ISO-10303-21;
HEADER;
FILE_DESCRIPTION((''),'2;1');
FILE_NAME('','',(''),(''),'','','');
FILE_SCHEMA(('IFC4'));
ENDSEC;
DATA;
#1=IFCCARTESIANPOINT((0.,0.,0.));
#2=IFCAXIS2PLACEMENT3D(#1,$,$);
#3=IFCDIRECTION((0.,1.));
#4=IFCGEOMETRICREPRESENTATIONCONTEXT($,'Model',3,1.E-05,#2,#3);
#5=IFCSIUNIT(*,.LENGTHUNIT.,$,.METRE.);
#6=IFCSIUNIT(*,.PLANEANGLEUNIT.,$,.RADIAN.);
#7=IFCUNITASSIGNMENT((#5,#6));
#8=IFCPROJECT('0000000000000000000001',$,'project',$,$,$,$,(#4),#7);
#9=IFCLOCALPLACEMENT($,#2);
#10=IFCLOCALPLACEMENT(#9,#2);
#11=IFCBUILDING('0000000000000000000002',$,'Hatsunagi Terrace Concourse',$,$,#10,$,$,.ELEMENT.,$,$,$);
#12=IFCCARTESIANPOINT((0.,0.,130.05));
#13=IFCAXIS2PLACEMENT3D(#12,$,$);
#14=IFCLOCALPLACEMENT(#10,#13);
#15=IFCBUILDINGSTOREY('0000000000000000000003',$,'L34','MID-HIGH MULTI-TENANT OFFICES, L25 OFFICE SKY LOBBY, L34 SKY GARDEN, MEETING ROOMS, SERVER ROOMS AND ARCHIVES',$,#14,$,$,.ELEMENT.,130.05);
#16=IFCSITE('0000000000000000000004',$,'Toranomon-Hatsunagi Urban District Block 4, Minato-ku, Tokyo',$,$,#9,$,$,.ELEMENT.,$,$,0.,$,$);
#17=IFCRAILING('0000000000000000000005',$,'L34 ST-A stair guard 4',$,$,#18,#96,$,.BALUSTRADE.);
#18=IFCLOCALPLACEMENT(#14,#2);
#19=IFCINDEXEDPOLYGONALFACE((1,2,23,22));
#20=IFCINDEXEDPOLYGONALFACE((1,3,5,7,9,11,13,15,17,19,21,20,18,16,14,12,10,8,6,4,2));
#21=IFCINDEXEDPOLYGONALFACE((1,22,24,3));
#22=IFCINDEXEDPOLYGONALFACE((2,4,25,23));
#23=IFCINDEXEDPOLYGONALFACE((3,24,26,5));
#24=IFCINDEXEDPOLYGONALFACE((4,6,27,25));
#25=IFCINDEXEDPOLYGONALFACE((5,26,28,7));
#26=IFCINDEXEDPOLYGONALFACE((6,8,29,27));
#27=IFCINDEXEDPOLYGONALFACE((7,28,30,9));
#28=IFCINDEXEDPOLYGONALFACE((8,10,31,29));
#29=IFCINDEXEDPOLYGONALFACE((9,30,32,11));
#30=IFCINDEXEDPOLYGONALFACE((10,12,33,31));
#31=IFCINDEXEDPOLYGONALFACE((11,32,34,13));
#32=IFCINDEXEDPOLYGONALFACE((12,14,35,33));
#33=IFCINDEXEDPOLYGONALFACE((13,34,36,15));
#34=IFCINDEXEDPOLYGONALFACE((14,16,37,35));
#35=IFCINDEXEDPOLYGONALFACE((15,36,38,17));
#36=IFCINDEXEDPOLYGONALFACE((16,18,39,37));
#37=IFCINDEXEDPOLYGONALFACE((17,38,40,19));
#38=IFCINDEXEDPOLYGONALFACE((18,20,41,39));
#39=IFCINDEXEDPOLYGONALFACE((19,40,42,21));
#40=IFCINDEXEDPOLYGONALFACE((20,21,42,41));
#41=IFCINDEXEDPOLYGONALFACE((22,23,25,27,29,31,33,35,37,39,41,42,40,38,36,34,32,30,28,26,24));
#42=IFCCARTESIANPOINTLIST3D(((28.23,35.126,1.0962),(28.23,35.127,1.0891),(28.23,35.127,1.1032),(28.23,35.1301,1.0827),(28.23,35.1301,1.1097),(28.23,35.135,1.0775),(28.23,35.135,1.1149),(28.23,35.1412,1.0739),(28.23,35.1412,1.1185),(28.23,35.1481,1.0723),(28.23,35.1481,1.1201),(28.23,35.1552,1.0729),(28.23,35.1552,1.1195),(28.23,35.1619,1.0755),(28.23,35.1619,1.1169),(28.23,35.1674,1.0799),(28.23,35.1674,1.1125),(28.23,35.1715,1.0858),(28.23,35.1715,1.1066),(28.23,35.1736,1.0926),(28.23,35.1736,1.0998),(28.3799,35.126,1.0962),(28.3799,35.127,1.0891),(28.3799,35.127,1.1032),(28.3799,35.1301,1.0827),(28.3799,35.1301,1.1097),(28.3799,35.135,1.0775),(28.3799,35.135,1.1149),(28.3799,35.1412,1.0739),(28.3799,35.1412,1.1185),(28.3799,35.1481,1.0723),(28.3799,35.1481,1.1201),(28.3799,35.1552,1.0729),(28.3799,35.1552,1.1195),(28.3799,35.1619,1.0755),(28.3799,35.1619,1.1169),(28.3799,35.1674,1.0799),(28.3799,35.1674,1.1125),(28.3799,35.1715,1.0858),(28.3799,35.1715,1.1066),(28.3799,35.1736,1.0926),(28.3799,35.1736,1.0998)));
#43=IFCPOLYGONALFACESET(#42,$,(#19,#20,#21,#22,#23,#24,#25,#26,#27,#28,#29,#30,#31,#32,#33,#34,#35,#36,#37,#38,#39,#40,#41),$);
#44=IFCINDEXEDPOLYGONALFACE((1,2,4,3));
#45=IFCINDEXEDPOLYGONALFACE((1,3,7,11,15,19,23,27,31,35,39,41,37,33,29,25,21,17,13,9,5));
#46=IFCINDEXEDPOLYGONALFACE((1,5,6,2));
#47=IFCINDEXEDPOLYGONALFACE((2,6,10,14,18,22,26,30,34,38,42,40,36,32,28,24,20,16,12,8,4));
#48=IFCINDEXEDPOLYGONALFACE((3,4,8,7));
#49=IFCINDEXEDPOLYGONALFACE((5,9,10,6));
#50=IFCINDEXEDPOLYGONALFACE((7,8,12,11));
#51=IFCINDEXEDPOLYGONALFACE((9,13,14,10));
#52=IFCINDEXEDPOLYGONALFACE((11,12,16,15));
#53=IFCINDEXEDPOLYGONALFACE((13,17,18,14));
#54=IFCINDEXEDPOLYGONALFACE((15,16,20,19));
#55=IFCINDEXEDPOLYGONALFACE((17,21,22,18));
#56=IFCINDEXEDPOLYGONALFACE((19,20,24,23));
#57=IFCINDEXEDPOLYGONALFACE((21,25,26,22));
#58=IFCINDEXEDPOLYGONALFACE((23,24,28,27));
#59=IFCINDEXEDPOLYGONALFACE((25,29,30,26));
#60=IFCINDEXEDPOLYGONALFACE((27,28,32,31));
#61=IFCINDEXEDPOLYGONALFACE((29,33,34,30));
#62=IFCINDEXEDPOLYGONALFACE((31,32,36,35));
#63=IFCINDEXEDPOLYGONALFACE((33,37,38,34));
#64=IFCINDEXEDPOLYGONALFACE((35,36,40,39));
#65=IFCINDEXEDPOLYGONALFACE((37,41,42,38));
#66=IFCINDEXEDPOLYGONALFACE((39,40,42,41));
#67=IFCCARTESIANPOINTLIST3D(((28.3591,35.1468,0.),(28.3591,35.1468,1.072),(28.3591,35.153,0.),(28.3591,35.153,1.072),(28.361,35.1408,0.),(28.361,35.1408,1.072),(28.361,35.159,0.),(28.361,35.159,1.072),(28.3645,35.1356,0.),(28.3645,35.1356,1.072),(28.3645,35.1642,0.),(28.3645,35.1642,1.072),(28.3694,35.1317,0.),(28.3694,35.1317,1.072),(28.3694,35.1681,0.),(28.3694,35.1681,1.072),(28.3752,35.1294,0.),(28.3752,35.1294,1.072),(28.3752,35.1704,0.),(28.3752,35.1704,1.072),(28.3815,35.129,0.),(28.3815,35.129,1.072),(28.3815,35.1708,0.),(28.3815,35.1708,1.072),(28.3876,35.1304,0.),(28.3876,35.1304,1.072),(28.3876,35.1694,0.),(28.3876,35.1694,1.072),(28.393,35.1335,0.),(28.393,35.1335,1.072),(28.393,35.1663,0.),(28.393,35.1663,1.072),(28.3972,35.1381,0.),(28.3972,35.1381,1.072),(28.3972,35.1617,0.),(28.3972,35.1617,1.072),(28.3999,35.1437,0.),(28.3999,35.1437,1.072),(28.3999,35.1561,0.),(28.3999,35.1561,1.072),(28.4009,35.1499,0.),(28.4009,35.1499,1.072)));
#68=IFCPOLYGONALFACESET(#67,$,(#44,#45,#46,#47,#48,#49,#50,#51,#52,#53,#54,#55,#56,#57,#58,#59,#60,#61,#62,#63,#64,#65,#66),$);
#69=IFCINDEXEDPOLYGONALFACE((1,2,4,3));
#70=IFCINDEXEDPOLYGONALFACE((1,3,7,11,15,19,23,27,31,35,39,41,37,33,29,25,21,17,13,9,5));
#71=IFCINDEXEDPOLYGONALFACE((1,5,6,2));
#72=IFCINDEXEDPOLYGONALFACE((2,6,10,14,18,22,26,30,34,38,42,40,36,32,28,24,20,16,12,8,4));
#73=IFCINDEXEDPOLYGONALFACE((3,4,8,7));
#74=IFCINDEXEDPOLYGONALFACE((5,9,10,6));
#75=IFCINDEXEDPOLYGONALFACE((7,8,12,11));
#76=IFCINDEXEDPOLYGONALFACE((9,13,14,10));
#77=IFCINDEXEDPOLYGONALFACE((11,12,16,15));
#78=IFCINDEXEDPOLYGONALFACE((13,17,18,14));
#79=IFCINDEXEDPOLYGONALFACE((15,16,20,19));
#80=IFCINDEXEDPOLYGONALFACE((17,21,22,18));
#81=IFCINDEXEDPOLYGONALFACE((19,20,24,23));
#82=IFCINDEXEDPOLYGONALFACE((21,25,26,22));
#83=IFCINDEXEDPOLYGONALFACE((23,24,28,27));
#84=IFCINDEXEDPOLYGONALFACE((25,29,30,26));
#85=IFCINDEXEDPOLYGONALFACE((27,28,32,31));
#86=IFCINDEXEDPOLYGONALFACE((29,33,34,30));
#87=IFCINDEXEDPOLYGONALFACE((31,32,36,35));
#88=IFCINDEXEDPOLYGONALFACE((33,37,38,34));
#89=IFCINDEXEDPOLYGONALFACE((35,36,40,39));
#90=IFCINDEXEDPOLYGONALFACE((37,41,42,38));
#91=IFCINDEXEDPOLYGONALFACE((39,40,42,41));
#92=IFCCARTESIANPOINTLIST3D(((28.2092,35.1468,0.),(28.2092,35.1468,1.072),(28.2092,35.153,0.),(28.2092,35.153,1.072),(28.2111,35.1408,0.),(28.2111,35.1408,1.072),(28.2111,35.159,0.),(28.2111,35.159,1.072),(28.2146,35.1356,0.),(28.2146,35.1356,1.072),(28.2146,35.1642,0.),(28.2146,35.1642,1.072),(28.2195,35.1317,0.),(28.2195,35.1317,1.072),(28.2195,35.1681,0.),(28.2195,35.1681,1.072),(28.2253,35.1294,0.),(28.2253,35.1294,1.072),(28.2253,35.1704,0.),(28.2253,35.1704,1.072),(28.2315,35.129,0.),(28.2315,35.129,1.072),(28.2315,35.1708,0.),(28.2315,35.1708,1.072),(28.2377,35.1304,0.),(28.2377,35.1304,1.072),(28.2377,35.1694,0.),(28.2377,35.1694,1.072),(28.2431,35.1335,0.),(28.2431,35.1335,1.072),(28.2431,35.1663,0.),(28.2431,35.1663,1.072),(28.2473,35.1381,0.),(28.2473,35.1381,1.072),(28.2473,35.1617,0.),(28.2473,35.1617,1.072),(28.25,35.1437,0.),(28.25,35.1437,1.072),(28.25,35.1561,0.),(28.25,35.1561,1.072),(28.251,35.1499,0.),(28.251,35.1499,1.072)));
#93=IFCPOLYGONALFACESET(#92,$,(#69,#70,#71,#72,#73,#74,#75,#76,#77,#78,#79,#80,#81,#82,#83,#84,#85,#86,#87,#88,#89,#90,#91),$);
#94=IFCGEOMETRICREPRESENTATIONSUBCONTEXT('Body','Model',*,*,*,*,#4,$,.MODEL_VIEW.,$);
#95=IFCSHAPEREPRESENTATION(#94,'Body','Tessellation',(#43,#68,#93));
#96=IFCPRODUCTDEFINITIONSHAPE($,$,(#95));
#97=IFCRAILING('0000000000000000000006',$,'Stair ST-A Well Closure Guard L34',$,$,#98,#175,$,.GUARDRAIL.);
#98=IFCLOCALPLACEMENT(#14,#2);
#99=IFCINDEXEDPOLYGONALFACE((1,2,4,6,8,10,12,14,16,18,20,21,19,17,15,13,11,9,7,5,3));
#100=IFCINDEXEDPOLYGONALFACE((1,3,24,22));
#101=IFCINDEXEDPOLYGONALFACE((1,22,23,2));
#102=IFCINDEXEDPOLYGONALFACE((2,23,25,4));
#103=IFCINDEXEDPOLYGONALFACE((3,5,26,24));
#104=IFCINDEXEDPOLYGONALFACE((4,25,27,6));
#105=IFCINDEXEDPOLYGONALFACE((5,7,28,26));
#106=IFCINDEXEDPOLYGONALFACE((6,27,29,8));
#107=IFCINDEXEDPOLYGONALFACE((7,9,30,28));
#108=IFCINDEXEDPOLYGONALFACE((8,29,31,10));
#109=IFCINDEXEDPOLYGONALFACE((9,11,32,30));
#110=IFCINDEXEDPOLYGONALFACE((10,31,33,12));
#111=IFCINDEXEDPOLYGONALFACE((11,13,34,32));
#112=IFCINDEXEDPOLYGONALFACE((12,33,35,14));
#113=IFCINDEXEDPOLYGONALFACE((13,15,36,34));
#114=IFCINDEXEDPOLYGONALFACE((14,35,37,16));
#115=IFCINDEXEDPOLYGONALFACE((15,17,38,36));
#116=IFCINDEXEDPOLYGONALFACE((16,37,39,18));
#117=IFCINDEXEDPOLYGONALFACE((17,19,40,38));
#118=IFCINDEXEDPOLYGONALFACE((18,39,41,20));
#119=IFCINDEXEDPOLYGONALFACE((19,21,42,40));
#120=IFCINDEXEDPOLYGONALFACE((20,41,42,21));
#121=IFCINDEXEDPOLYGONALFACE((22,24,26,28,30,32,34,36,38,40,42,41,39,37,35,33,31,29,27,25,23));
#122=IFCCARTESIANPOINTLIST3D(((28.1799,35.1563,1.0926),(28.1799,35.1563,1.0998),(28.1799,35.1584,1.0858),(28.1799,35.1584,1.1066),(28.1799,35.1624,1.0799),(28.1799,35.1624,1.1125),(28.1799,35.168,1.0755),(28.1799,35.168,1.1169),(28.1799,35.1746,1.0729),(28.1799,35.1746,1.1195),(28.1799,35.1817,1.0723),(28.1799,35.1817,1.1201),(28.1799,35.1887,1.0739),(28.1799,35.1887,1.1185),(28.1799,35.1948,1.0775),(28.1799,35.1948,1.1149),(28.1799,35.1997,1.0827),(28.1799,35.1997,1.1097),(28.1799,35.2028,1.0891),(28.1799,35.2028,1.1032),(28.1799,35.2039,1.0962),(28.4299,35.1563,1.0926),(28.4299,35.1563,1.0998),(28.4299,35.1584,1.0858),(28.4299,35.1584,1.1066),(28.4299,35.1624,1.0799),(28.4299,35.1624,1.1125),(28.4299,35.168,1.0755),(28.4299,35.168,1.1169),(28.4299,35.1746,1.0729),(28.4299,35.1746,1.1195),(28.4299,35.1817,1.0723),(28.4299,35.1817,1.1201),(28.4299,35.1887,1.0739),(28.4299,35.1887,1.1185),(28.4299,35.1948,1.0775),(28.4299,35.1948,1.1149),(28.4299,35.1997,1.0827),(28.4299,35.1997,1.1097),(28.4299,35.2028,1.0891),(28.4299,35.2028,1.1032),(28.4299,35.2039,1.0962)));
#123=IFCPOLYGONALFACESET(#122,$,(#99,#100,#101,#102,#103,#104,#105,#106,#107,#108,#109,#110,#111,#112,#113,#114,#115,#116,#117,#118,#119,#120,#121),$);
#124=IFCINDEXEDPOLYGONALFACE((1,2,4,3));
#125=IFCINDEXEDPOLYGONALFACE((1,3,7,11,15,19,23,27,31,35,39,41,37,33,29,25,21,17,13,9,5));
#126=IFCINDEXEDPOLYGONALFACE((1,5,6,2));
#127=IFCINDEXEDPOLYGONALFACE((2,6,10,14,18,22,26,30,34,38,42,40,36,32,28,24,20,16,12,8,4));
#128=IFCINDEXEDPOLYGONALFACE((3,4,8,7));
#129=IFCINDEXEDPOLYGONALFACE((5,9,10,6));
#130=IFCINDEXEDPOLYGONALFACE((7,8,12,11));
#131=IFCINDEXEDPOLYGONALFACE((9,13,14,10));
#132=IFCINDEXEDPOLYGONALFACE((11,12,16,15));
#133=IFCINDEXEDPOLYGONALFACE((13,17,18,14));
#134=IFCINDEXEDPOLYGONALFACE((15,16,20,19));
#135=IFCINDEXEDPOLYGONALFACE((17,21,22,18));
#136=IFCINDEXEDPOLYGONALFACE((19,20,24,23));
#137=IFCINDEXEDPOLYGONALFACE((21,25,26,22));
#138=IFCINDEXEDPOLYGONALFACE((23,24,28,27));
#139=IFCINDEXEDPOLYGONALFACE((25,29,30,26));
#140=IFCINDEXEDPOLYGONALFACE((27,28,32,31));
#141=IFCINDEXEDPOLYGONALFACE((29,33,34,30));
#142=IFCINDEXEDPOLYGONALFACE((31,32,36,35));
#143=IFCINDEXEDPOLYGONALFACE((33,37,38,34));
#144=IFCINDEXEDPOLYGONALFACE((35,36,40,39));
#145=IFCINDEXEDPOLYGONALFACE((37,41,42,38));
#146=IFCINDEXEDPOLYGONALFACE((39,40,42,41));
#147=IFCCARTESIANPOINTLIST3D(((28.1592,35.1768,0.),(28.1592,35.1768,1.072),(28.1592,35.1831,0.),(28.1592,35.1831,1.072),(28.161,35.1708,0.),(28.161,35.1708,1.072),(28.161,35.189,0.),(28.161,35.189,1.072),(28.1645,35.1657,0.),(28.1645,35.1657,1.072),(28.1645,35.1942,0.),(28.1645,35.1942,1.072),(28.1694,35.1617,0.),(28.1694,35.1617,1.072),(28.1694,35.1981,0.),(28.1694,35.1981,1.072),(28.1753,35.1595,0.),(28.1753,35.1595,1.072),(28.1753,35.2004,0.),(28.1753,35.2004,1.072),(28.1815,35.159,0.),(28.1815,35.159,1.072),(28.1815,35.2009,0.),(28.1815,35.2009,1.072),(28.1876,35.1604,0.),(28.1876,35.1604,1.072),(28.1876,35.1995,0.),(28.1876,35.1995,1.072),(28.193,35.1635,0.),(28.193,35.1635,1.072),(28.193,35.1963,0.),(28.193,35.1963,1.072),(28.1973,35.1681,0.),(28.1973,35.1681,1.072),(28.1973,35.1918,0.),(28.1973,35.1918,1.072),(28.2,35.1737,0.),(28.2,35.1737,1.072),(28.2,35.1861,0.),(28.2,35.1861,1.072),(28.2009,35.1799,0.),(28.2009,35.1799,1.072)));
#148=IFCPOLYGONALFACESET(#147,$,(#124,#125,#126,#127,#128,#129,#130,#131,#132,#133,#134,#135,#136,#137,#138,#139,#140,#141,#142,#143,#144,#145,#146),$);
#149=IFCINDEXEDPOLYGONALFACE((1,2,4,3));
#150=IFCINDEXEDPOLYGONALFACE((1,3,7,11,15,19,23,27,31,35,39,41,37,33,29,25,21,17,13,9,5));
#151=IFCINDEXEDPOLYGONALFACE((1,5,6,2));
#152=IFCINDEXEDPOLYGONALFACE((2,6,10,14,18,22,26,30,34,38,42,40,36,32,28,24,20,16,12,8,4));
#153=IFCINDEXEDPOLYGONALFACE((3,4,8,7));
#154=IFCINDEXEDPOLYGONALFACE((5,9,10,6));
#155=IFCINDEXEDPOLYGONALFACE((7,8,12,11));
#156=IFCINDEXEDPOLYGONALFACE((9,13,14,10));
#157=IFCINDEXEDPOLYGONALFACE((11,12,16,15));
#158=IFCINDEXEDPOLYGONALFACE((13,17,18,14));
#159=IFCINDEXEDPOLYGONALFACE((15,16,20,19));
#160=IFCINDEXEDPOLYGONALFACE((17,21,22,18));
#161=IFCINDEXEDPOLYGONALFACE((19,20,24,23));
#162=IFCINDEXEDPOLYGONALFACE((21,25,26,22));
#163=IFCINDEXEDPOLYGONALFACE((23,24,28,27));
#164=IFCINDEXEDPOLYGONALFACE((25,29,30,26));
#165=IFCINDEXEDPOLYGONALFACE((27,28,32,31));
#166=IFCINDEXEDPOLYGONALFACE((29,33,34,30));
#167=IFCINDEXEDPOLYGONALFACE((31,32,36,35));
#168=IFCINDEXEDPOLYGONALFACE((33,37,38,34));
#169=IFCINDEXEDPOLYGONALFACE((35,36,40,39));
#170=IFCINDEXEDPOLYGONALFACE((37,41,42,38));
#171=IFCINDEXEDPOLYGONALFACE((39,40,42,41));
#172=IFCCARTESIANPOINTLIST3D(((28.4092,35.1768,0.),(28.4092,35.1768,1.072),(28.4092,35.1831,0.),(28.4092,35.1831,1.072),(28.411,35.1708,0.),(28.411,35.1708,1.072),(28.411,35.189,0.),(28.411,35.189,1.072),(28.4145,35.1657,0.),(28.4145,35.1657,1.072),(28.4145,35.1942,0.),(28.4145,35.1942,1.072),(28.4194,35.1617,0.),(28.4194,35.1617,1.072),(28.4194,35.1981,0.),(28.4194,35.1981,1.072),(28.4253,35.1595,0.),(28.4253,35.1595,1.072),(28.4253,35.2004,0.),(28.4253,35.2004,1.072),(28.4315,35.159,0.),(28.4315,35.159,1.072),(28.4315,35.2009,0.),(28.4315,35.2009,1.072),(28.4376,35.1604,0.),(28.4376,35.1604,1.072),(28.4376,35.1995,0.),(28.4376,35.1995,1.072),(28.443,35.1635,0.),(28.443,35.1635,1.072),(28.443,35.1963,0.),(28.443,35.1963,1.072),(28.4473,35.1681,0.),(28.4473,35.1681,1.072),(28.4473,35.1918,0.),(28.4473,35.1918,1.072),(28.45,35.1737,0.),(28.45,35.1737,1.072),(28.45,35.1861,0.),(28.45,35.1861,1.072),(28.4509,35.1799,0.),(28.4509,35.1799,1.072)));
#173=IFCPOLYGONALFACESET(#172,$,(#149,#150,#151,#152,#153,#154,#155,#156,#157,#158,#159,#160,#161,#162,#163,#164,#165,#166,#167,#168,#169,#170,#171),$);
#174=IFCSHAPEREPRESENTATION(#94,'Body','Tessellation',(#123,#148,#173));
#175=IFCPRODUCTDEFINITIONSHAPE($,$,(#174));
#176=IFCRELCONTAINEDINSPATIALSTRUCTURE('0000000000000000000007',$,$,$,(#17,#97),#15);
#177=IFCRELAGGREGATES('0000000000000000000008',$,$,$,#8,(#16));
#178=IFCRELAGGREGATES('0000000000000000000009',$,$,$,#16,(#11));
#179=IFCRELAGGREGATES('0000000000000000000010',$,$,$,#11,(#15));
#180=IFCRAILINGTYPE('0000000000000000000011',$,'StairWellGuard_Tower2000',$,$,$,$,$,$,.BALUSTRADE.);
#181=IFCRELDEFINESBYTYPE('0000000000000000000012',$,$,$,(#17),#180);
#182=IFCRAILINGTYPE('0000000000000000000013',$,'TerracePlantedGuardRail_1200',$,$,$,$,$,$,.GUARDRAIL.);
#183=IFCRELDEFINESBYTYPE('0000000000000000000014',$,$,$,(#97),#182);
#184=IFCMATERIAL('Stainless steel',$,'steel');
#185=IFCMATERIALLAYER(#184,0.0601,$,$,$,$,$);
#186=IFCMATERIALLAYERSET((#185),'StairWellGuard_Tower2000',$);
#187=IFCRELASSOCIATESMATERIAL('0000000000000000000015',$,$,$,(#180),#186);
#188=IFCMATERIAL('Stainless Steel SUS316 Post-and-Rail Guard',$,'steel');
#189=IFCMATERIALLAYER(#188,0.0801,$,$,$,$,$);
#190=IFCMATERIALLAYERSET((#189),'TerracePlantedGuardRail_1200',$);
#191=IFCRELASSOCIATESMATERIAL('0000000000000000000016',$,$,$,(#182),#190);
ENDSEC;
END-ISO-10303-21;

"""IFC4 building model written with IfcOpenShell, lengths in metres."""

from ifc_helpers import new_model, si_unit, direction, frame, origin, origin_2d, place, context, subcontext, project, spatial, circle, extrude, material, layer, layer_set, type_object, element, save


model = new_model("IFC4")

# Units and contexts
model_context = context("Model", 3, precision=1e-05, world=origin(), true_north=direction((0.0, 1.0)))
body_context = subcontext(model_context, "Body", "Model", "MODEL_VIEW")
ifc_project = project(units=[si_unit("LENGTHUNIT", "METRE"), si_unit("PLANEANGLEUNIT", "RADIAN")], contexts=[model_context])

# Site, building, storey
site_placement = place(None, origin())
site = spatial("IfcSite", under=ifc_project, at=site_placement, Name="Toranomon-Hatsunagi Urban District Block 4, Minato-ku, Tokyo", CompositionType="ELEMENT", RefElevation=0.0)
building_placement = place(site_placement, origin())
building = spatial("IfcBuilding", under=site, at=building_placement, Name="Hatsunagi Terrace Concourse", CompositionType="ELEMENT")
storey_placement = place(building_placement, frame((0.0, 0.0, 130.05)))
storey = spatial("IfcBuildingStorey", under=building, at=storey_placement, Name="L34", Description="MID-HIGH MULTI-TENANT OFFICES, L25 OFFICE SKY LOBBY, L34 SKY GARDEN, MEETING ROOMS, SERVER ROOMS AND ARCHIVES", CompositionType="ELEMENT", Elevation=130.05)

# Railings
ifc_material_1 = material(Name="Stainless steel", Category="steel")
ifc_layer_1 = layer(ifc_material_1, 0.0601)
ifc_layer_set_1 = layer_set([ifc_layer_1], Name="StairWellGuard_Tower2000")
railing_type_1 = type_object("IfcRailingType", Name="StairWellGuard_Tower2000", PredefinedType="BALUSTRADE", material=ifc_layer_set_1)
railing_1_placement = place(storey_placement, frame((28.3799, 35.1499, 0.0)))
element("IfcRailing", 1, at=railing_1_placement, inside=storey, type_object=railing_type_1, Name="L34 ST-A stair guard 4", PredefinedType="BALUSTRADE", context=body_context, shape_type="SweptSolid", body=[
    extrude(circle(Radius=0.0239, at=origin_2d()), frame((0.0, 0.0, 1.0962), z_axis=(-1.0, 0.0, 0.0), x_axis=(0.0, -1.0, 0.0)), (0.0, 0.0, 1.0), 0.1499),
    extrude(circle(Radius=0.021, at=origin_2d()), origin(), (0.0, 0.0, 1.0), 1.072),
    extrude(circle(Radius=0.021, at=origin_2d()), frame((-0.1499, 0.0, 0.0)), (0.0, 0.0, 1.0), 1.072),
])
ifc_material_2 = material(Name="Stainless Steel SUS316 Post-and-Rail Guard", Category="steel")
ifc_layer_2 = layer(ifc_material_2, 0.0801)
ifc_layer_set_2 = layer_set([ifc_layer_2], Name="TerracePlantedGuardRail_1200")
railing_type_2 = type_object("IfcRailingType", Name="TerracePlantedGuardRail_1200", PredefinedType="GUARDRAIL", material=ifc_layer_set_2)
railing_2_placement = place(storey_placement, frame((28.1799, 35.1799, 0.0)))
element("IfcRailing", 2, at=railing_2_placement, inside=storey, type_object=railing_type_2, Name="Stair ST-A Well Closure Guard L34", PredefinedType="GUARDRAIL", context=body_context, shape_type="SweptSolid", body=[
    extrude(circle(Radius=0.0239, at=origin_2d()), frame((0.0, 0.0, 1.0962), z_axis=(1.0, 0.0, 0.0), x_axis=(0.0, 1.0, 0.0)), (0.0, 0.0, 1.0), 0.25),
    extrude(circle(Radius=0.021, at=origin_2d()), origin(), (0.0, 0.0, 1.0), 1.072),
    extrude(circle(Radius=0.021, at=origin_2d()), frame((0.25, 0.0, 0.0)), (0.0, 0.0, 1.0), 1.072),
])

save(model, "model.ifc")
